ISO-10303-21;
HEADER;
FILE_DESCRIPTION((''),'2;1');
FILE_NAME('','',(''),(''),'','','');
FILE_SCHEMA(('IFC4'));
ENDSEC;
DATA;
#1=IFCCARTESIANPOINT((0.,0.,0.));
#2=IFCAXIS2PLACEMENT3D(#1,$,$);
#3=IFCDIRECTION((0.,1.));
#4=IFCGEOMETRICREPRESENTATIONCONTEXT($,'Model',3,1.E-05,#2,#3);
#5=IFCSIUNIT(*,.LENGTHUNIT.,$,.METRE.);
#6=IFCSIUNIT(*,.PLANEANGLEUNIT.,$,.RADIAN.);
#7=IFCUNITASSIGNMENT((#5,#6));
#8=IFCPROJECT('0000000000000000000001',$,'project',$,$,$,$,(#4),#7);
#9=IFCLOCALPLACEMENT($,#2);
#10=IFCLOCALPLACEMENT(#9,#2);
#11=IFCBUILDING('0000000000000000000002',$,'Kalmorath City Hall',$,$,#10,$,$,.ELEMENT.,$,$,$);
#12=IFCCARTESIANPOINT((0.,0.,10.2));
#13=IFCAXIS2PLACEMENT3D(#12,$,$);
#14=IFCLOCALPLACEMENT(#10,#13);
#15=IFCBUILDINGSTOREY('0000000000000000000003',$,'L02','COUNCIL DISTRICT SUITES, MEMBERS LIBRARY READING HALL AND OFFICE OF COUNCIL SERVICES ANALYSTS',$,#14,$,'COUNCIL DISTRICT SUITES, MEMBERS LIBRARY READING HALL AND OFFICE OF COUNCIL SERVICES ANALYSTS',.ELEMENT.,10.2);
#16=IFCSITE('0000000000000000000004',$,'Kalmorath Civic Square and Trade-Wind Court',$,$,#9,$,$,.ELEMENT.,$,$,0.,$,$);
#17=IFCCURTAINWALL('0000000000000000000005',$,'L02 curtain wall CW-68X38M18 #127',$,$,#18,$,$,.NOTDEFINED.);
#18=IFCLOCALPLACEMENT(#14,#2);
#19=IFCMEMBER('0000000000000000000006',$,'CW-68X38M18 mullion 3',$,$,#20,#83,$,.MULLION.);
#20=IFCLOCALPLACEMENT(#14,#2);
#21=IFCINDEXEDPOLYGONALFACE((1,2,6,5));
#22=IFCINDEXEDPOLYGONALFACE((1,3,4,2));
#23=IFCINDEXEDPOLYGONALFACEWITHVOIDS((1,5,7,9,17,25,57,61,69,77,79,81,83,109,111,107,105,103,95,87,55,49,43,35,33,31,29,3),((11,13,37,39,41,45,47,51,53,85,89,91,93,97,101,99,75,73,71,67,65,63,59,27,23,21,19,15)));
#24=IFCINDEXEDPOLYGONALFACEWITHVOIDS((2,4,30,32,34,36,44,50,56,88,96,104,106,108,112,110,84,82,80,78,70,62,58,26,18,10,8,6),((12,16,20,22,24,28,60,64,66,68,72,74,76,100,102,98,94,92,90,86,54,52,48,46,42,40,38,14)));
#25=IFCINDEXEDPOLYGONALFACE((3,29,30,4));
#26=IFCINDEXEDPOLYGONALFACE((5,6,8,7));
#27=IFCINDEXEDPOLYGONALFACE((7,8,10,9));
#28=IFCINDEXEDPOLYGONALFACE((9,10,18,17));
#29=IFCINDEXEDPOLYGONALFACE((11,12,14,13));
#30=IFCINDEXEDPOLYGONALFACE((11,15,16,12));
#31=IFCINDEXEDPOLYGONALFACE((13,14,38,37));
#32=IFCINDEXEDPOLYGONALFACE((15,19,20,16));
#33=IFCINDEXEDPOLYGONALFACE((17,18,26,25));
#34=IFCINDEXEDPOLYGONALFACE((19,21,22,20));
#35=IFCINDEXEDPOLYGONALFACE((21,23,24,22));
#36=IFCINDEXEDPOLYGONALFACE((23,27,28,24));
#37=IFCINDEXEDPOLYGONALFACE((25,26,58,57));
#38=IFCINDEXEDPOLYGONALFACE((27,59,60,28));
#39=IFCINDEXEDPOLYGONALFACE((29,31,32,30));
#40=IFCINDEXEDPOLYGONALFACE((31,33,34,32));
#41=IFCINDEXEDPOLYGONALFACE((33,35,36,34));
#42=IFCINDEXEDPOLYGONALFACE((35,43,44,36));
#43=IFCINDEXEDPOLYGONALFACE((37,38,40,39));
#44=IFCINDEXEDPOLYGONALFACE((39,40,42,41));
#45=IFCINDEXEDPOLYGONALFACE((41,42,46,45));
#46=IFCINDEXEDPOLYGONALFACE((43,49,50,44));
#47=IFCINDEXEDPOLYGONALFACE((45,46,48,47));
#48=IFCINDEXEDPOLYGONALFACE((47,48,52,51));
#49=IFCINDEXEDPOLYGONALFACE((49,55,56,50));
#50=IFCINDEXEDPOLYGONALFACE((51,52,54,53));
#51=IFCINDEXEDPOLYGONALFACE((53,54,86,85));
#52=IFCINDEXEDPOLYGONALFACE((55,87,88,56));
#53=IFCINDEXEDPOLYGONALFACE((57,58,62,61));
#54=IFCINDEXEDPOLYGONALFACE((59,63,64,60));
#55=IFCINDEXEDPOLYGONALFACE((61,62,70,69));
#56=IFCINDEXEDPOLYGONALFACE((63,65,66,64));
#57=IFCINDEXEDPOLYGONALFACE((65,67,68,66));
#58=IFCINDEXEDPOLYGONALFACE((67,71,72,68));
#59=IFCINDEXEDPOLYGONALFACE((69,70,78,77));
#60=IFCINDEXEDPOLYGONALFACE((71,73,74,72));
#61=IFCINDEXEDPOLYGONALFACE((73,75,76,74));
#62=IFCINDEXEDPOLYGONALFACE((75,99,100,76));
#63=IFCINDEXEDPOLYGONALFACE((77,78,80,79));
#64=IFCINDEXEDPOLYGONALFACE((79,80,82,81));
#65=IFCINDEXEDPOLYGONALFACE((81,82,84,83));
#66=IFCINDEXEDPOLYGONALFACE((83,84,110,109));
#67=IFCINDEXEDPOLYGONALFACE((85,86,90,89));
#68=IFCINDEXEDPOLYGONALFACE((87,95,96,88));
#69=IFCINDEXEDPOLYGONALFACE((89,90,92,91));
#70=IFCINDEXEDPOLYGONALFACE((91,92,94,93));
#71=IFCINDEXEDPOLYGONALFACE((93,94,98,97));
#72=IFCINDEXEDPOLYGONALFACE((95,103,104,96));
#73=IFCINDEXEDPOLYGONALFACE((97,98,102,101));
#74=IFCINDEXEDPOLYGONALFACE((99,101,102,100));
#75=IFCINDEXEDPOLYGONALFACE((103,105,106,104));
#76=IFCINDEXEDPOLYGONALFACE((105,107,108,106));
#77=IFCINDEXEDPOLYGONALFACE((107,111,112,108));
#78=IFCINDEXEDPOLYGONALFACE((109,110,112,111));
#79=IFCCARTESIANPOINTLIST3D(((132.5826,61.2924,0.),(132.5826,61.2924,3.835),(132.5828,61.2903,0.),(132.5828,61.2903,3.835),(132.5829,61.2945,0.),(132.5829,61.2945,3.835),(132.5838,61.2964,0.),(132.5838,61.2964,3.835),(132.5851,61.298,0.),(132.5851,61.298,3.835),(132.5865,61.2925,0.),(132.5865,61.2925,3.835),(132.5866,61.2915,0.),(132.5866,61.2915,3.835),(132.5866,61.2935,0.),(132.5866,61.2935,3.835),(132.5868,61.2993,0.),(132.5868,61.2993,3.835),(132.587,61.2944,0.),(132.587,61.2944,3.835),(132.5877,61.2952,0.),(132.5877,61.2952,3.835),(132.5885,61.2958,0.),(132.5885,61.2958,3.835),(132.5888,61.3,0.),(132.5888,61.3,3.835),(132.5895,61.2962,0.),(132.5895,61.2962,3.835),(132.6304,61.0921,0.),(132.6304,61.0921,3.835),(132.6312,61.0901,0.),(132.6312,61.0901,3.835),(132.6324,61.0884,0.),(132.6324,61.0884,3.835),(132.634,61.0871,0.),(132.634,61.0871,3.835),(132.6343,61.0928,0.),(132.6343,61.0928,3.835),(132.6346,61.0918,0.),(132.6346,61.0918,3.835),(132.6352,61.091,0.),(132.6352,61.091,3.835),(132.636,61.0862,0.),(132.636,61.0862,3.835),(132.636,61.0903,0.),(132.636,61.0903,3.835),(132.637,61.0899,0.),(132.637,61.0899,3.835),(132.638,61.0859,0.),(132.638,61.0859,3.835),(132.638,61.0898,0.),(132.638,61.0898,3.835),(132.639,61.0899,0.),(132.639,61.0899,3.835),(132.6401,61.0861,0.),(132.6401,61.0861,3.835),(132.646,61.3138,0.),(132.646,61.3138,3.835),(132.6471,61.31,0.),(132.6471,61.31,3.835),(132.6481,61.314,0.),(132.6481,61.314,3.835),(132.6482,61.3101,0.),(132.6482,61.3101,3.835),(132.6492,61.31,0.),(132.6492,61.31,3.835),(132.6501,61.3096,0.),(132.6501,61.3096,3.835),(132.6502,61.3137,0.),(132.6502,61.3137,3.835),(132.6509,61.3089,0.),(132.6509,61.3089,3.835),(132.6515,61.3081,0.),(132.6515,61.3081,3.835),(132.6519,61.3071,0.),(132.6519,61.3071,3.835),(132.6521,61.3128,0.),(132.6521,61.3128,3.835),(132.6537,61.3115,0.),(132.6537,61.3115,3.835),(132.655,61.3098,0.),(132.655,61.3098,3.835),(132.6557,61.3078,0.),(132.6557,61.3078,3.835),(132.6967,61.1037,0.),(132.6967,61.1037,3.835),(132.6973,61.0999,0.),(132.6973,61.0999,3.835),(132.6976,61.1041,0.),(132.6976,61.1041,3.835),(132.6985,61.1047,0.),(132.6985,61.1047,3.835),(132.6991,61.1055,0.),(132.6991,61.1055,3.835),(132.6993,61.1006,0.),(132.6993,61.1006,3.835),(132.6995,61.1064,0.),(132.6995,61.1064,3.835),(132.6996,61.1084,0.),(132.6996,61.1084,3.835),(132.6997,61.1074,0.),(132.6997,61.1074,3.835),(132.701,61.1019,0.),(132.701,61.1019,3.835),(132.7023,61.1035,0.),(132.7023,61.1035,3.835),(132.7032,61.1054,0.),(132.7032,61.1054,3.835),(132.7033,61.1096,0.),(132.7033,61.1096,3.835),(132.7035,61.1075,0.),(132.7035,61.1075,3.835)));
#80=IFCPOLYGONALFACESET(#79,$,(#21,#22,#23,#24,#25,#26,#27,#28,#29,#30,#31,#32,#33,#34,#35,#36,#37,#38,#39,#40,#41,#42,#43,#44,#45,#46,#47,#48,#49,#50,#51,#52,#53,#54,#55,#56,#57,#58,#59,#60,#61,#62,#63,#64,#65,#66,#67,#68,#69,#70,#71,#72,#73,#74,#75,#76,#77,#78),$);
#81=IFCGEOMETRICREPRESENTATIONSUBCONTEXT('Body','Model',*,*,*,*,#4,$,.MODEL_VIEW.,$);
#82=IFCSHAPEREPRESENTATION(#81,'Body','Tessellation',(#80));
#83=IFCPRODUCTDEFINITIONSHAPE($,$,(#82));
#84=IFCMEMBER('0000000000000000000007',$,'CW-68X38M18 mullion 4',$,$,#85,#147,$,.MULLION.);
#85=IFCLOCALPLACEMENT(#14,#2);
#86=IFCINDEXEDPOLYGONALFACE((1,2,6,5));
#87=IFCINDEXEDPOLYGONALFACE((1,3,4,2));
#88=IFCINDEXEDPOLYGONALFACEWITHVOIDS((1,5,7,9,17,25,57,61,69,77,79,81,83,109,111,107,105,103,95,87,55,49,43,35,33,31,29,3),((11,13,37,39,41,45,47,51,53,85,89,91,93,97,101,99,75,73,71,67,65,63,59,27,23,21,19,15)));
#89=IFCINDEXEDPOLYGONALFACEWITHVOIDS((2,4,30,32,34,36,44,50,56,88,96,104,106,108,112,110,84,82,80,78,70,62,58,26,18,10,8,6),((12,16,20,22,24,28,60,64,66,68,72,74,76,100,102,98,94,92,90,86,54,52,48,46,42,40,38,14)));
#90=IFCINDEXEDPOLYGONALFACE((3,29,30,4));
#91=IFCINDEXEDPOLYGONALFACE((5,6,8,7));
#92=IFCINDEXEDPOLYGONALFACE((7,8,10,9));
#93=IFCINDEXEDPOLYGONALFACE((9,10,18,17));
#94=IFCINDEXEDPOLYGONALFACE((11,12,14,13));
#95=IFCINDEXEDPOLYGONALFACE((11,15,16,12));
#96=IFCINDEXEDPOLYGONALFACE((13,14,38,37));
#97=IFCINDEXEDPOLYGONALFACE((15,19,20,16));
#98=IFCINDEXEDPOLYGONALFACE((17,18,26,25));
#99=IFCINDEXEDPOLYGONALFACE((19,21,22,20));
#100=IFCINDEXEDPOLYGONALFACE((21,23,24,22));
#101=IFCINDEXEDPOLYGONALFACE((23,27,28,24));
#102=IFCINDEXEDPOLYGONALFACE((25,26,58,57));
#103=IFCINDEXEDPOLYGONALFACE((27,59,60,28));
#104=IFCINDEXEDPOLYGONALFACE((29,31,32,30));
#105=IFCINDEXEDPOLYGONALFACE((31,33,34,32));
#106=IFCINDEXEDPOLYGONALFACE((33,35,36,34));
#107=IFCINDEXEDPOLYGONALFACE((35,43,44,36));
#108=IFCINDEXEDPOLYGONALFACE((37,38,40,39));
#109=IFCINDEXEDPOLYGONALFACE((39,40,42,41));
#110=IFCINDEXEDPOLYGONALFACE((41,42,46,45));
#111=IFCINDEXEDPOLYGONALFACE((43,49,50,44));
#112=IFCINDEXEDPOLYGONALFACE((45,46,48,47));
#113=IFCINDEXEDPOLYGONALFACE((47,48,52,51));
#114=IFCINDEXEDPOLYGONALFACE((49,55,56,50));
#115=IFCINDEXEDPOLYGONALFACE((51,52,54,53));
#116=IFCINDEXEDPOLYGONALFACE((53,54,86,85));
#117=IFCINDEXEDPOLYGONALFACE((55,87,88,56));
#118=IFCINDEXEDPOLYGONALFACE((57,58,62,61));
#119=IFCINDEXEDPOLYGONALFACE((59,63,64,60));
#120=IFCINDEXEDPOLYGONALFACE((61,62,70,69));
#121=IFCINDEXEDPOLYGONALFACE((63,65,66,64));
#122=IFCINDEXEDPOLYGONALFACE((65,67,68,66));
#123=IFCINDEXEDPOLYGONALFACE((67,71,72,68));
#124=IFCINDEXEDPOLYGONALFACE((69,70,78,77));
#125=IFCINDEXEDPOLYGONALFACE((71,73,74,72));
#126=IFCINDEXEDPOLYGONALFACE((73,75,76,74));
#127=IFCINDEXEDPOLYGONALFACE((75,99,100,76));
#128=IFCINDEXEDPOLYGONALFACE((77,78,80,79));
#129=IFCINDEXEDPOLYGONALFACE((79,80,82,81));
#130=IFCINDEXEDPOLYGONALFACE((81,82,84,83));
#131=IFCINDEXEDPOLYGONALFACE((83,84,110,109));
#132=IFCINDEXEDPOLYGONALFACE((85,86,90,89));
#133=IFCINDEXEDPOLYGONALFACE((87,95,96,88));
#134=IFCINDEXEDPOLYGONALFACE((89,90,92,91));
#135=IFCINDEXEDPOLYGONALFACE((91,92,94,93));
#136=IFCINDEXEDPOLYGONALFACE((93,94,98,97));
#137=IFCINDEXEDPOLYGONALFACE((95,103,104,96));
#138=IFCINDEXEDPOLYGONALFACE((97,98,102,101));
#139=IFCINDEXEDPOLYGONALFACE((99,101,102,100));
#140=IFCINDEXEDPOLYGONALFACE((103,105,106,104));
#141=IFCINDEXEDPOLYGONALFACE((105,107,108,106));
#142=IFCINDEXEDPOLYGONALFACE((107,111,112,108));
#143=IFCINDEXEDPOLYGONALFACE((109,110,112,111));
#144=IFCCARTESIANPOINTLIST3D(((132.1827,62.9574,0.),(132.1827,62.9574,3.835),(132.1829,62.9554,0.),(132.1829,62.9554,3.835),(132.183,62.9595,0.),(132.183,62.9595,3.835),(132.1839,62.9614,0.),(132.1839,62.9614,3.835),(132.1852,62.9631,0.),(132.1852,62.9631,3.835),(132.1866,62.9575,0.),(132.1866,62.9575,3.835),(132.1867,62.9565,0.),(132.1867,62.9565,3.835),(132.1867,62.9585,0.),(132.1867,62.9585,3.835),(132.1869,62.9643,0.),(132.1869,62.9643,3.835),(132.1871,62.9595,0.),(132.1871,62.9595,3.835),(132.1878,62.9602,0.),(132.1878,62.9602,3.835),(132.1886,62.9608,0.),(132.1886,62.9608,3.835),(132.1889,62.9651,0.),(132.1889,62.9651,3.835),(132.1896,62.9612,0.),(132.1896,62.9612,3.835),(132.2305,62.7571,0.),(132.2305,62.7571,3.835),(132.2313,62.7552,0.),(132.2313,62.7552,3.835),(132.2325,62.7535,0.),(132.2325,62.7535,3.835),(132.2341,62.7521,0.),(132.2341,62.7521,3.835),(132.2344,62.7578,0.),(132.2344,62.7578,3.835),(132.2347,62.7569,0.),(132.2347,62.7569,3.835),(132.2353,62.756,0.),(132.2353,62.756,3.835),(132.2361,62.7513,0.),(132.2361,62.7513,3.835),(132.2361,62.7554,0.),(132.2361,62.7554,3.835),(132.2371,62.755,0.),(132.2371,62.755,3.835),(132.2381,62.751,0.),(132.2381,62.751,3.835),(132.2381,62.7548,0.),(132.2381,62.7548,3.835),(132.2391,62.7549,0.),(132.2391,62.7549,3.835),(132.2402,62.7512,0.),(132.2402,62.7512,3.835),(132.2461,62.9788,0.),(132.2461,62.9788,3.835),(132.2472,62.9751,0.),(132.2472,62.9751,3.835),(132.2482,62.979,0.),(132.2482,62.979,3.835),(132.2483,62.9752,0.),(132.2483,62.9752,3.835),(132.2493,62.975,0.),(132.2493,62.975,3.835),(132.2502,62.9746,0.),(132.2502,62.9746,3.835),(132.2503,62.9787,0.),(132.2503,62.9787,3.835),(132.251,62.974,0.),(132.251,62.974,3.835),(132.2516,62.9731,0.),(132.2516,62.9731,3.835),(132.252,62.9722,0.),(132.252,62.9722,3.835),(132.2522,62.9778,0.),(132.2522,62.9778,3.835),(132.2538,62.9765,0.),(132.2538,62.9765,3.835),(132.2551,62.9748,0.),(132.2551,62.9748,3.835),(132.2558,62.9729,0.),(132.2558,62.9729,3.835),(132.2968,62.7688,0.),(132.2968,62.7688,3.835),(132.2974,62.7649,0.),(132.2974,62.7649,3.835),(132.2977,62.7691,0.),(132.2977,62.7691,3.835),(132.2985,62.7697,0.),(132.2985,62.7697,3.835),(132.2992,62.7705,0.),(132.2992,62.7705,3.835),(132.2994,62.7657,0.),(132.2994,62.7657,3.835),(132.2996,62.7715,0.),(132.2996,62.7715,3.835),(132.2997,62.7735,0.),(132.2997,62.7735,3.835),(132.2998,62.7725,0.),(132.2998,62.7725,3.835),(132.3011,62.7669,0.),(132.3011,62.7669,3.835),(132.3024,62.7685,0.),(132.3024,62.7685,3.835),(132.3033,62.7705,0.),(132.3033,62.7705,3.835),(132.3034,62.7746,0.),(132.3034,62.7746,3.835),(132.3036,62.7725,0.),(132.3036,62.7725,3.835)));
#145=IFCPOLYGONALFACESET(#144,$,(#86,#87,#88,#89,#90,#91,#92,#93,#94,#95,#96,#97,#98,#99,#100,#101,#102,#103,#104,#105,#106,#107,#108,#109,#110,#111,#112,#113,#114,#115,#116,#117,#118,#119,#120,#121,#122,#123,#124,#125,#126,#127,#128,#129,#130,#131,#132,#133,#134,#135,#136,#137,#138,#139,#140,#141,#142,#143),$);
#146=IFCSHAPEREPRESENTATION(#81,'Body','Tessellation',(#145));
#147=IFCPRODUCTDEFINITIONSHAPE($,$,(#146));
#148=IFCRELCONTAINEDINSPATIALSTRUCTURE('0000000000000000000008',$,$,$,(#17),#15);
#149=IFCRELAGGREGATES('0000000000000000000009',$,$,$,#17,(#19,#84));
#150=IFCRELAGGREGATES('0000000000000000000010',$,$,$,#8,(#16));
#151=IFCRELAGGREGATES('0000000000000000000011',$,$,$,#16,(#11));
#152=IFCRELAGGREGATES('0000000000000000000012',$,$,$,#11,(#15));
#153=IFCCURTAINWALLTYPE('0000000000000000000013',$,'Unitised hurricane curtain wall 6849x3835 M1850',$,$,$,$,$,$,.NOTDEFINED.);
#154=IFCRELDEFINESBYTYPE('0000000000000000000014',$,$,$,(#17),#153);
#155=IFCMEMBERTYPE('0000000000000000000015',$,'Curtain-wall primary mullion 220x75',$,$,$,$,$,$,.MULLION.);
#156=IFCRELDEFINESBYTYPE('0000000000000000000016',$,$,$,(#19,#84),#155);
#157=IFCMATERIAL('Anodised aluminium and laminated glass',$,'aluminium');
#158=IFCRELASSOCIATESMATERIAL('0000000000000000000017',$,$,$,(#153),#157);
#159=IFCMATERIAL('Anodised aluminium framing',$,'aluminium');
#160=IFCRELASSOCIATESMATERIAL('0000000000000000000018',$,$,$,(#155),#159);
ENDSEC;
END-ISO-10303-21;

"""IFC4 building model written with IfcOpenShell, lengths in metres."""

from ifc_helpers import new_model, si_unit, direction, frame, origin, origin_2d, place, context, subcontext, project, spatial, hollow_rectangle, extrude, material, material_profile, profile_set, type_object, element, aggregate, save


model = new_model("IFC4")

# Units and contexts
model_context = context("Model", 3, precision=1e-05, world=origin(), true_north=direction((0.0, 1.0)))
body_context = subcontext(model_context, "Body", "Model", "MODEL_VIEW")
ifc_project = project(units=[si_unit("LENGTHUNIT", "METRE"), si_unit("PLANEANGLEUNIT", "RADIAN")], contexts=[model_context])

# Site, building, storey
site_placement = place(None, origin())
site = spatial("IfcSite", under=ifc_project, at=site_placement, Name="Kalmorath Civic Square and Trade-Wind Court", CompositionType="ELEMENT", RefElevation=0.0)
building_placement = place(site_placement, origin())
building = spatial("IfcBuilding", under=site, at=building_placement, Name="Kalmorath City Hall", CompositionType="ELEMENT")
storey_placement = place(building_placement, frame((0.0, 0.0, 10.2)))
storey = spatial("IfcBuildingStorey", under=building, at=storey_placement, Name="L02", Description="COUNCIL DISTRICT SUITES, MEMBERS LIBRARY READING HALL AND OFFICE OF COUNCIL SERVICES ANALYSTS", LongName="COUNCIL DISTRICT SUITES, MEMBERS LIBRARY READING HALL AND OFFICE OF COUNCIL SERVICES ANALYSTS", CompositionType="ELEMENT", Elevation=10.2)

# Curtain wall
ifc_material_1 = material(Name="Anodised aluminium and laminated glass", Category="aluminium")
curtain_wall_type = type_object("IfcCurtainWallType", Name="Unitised hurricane curtain wall 6849x3835 M1850", PredefinedType="NOTDEFINED", material=ifc_material_1)
curtain_wall_1_placement = place(storey_placement, origin())
curtain_wall_1 = element("IfcCurtainWall", 1, at=curtain_wall_1_placement, inside=storey, type_object=curtain_wall_type, Name="L02 curtain wall CW-68X38M18 #127", PredefinedType="NOTDEFINED")

# Members
ifc_material_2 = material(Name="Anodised aluminium framing", Category="aluminium")
ifc_material_profile_1 = material_profile(ifc_material_2, hollow_rectangle(XDim=0.075, YDim=0.22, WallThickness=0.0039, InnerFilletRadius=0.0039, OuterFilletRadius=0.0081, at=origin_2d()), Name="ALU-MUL-220X75X4")
ifc_profile_set_1 = profile_set([ifc_material_profile_1], Name="Anodised aluminium framing")
member_type_1 = type_object("IfcMemberType", Name="Curtain-wall primary mullion 220x75", PredefinedType="MULLION", material=ifc_profile_set_1)
member_1_placement = place(storey_placement, frame((132.6431, 61.2, 0.0), z_axis=(0.0, 0.0, 1.0), x_axis=(-0.972367, -0.233456, 0.0)))
member_1 = element("IfcMember", 2, at=member_1_placement, type_object=member_type_1, Name="CW-68X38M18 mullion 3", PredefinedType="MULLION", context=body_context, shape_type="SweptSolid", body=[
    extrude(hollow_rectangle(XDim=0.075, YDim=0.22, WallThickness=0.0039, InnerFilletRadius=0.0039, OuterFilletRadius=0.0081, at=origin_2d()), origin(), (0.0, 0.0, 1.0), 3.835),
])
member_2_placement = place(storey_placement, frame((132.2432, 62.865, 0.0), z_axis=(0.0, 0.0, 1.0), x_axis=(-0.972367, -0.233456, 0.0)))
member_2 = element("IfcMember", 3, at=member_2_placement, type_object=member_type_1, Name="CW-68X38M18 mullion 4", PredefinedType="MULLION", context=body_context, shape_type="SweptSolid", body=[
    extrude(hollow_rectangle(XDim=0.075, YDim=0.22, WallThickness=0.0039, InnerFilletRadius=0.0039, OuterFilletRadius=0.0081, at=origin_2d()), origin(), (0.0, 0.0, 1.0), 3.835),
])

aggregate(curtain_wall_1, [member_1, member_2])

save(model, "model.ifc")
